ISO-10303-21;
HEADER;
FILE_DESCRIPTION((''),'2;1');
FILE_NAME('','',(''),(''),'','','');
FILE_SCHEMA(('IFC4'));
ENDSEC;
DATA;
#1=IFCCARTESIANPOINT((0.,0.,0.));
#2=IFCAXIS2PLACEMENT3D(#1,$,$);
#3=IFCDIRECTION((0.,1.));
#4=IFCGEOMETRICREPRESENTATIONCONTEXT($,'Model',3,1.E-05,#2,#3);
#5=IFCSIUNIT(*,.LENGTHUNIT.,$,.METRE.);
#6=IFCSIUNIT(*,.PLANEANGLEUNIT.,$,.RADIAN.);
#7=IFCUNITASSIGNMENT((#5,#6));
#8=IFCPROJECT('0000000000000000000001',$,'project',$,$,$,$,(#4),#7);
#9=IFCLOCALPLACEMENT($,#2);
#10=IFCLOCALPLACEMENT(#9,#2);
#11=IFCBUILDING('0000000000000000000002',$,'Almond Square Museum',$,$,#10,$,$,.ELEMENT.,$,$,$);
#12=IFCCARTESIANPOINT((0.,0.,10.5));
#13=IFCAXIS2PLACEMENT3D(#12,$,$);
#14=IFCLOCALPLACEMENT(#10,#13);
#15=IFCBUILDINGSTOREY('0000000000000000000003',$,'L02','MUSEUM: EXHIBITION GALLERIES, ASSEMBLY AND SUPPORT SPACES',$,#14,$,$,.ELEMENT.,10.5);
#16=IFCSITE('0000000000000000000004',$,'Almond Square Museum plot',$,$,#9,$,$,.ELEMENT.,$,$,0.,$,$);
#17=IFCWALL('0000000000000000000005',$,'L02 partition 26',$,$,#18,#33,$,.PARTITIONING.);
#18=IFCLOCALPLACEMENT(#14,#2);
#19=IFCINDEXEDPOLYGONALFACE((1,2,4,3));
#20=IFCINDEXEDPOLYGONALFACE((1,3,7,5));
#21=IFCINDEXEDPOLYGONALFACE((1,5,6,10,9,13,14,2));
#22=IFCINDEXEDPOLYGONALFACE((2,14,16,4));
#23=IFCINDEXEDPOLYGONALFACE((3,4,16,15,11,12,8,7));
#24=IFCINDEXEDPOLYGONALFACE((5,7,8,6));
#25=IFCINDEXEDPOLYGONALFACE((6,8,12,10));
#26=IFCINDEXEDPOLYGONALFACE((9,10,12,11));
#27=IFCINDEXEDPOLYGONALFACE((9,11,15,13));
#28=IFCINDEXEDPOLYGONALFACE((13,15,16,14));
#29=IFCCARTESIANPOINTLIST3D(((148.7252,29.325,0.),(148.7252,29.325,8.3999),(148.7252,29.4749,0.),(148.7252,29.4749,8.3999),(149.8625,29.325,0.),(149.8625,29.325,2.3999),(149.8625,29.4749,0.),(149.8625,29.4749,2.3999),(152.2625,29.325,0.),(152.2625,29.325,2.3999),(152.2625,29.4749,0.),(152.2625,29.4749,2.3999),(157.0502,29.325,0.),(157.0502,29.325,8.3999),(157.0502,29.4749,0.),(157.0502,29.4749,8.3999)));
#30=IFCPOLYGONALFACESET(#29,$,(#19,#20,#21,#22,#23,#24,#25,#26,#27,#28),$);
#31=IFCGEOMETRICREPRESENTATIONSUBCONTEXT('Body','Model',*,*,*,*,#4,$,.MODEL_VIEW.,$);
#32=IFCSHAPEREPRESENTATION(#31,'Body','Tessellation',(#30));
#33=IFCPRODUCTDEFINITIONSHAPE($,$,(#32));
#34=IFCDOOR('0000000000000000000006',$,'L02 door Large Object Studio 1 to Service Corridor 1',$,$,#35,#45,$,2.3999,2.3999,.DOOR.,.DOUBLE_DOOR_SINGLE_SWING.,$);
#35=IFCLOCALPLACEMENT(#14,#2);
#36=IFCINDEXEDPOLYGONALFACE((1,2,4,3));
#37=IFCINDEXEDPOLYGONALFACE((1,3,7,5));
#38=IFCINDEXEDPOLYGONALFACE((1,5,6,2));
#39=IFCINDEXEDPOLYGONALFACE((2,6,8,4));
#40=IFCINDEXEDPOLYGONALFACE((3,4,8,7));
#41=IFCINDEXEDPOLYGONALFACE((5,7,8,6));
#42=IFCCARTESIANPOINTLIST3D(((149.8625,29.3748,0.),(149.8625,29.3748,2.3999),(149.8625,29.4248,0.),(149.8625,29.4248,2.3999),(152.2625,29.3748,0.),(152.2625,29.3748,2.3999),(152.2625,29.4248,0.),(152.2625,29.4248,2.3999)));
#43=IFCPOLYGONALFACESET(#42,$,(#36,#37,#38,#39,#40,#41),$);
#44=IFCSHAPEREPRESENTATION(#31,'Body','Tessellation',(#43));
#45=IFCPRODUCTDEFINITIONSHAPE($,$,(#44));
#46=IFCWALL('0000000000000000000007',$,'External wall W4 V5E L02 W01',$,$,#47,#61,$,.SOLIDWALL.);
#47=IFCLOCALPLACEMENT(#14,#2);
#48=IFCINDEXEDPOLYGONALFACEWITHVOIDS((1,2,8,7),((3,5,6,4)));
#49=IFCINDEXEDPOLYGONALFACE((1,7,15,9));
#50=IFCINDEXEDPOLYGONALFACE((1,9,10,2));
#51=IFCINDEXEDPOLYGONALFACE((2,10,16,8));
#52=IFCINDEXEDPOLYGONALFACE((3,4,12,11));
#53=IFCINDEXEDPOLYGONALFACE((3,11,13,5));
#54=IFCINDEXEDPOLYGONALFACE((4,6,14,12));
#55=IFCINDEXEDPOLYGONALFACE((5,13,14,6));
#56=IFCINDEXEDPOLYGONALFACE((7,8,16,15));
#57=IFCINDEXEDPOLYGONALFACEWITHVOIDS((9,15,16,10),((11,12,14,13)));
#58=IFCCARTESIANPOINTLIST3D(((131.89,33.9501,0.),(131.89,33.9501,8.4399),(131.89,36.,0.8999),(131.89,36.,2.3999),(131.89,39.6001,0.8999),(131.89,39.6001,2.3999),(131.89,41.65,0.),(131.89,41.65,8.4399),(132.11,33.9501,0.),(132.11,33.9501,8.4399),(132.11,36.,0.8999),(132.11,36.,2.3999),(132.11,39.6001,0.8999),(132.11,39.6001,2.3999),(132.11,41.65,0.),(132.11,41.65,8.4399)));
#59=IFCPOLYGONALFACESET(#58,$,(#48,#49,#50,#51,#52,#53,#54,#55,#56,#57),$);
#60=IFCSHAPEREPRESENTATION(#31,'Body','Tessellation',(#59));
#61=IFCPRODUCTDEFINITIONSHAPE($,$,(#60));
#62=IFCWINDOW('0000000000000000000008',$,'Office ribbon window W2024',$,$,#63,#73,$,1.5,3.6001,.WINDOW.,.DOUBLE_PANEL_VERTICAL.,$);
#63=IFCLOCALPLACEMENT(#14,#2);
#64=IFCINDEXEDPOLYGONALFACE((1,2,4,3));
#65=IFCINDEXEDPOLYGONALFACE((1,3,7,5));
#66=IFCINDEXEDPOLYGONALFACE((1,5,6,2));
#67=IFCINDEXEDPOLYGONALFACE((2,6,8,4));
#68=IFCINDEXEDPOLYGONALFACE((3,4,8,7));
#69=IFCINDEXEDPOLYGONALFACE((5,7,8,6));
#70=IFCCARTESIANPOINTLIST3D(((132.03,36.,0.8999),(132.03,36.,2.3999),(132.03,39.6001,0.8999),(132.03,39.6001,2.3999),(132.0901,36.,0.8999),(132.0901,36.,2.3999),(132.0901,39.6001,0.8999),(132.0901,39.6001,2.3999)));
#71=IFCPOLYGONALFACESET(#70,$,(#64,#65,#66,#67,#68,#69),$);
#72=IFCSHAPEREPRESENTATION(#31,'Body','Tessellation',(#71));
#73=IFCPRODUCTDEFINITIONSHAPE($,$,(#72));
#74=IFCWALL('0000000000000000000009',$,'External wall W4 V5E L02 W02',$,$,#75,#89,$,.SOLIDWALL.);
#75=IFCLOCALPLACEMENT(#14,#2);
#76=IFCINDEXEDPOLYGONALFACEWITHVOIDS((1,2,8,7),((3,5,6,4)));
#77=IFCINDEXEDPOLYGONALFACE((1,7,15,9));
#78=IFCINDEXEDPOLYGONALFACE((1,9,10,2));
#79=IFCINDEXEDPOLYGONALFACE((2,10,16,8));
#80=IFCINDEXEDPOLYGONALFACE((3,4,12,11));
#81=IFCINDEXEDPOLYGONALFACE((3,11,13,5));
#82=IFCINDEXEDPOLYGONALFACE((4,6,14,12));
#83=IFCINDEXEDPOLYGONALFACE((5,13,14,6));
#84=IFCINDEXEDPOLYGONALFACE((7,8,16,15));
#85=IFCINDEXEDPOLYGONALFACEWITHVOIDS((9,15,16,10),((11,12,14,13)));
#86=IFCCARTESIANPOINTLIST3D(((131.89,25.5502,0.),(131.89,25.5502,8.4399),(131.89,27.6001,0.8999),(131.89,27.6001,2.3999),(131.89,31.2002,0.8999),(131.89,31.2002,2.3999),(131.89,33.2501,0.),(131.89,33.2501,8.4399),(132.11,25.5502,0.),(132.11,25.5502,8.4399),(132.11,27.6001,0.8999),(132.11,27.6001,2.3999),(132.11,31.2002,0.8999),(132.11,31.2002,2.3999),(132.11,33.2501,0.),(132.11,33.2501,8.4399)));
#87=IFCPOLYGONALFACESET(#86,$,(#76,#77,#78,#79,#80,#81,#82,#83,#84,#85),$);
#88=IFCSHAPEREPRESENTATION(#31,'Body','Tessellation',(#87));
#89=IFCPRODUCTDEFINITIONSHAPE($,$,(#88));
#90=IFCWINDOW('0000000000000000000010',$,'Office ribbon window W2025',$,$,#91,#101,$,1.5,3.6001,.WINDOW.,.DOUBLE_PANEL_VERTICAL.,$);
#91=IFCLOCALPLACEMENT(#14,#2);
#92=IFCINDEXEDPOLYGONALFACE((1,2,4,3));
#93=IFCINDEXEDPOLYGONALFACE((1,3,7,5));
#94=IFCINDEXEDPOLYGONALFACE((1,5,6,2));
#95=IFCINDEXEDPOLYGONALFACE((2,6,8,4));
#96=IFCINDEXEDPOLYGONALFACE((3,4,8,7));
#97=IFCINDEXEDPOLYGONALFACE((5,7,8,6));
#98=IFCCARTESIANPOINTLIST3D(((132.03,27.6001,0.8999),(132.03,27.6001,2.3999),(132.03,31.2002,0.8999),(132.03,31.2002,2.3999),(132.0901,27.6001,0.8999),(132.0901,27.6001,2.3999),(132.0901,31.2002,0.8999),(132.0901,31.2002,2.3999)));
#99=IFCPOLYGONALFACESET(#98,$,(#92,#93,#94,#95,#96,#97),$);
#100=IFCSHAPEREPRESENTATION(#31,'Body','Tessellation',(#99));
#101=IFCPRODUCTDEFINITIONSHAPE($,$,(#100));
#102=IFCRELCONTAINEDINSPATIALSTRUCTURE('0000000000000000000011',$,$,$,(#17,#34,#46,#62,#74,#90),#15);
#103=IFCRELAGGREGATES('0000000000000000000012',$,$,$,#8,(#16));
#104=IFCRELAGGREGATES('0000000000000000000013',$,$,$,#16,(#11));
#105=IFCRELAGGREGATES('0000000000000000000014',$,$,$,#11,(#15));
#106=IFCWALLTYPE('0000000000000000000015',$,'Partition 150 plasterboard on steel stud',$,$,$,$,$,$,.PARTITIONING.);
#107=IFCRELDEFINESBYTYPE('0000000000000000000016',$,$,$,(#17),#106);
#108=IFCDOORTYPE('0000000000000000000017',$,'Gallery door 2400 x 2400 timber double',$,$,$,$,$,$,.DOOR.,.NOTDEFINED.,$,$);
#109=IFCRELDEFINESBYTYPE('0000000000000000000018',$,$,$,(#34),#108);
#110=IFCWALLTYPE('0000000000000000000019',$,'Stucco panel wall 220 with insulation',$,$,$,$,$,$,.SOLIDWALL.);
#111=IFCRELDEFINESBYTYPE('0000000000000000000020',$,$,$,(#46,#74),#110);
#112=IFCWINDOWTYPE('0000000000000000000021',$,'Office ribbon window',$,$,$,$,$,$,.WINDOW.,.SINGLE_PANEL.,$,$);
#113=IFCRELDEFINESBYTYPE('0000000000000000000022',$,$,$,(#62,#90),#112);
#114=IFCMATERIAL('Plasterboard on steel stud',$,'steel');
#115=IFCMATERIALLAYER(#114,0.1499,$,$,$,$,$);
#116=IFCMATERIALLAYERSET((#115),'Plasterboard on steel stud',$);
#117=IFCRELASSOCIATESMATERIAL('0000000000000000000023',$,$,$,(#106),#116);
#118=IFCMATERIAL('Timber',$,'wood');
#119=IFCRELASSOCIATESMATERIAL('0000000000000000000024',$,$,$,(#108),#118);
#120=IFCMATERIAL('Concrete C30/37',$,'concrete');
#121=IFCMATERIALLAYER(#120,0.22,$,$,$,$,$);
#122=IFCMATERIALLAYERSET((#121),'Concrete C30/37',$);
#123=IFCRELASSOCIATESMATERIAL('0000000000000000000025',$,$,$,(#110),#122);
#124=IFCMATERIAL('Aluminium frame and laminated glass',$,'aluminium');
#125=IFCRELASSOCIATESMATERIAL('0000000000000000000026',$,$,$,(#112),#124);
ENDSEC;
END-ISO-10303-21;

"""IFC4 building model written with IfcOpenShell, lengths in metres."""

from ifc_helpers import new_model, si_unit, direction, frame, frame_2d, origin, place, context, subcontext, project, spatial, rectangle, extrude, material, layer, layer_set, type_object, element, fill, save


model = new_model("IFC4")

# Units and contexts
model_context = context("Model", 3, precision=1e-05, world=origin(), true_north=direction((0.0, 1.0)))
body_context = subcontext(model_context, "Body", "Model", "MODEL_VIEW")
ifc_project = project(units=[si_unit("LENGTHUNIT", "METRE"), si_unit("PLANEANGLEUNIT", "RADIAN")], contexts=[model_context])

# Site, building, storey
site_placement = place(None, origin())
site = spatial("IfcSite", under=ifc_project, at=site_placement, Name="Almond Square Museum plot", CompositionType="ELEMENT", RefElevation=0.0)
building_placement = place(site_placement, origin())
building = spatial("IfcBuilding", under=site, at=building_placement, Name="Almond Square Museum", CompositionType="ELEMENT")
storey_placement = place(building_placement, frame((0.0, 0.0, 10.5)))
storey = spatial("IfcBuildingStorey", under=building, at=storey_placement, Name="L02", Description="MUSEUM: EXHIBITION GALLERIES, ASSEMBLY AND SUPPORT SPACES", CompositionType="ELEMENT", Elevation=10.5)

# Wall, opening, door
ifc_material_1 = material(Name="Plasterboard on steel stud", Category="steel")
ifc_layer_1 = layer(ifc_material_1, 0.1499)
ifc_layer_set_1 = layer_set([ifc_layer_1], Name="Plasterboard on steel stud")
wall_type_1 = type_object("IfcWallType", Name="Partition 150 plasterboard on steel stud", PredefinedType="PARTITIONING", material=ifc_layer_set_1)
wall_1_placement = place(storey_placement, frame((148.7251, 29.3999, 0.0), z_axis=(0.0, 0.0, 1.0), x_axis=(1.0, 0.0, 0.0)))
wall_1 = element("IfcWall", 1, at=wall_1_placement, inside=storey, type_object=wall_type_1, Name="L02 partition 26", PredefinedType="PARTITIONING", context=body_context, shape_type="SweptSolid", body=[
    extrude(rectangle(XDim=8.325, YDim=0.1499, at=frame_2d((4.1626, 0.0))), origin(), (0.0, 0.0, 1.0), 8.3999),
])
opening_1_placement = place(wall_1_placement, frame((1.1375, 0.0, 0.0)))
opening_1 = element("IfcOpeningElement", 2, at=opening_1_placement, cuts=wall_1, PredefinedType="OPENING", context=body_context, shape_type="SweptSolid", body=[
    extrude(rectangle(XDim=2.3999, YDim=2.3999, at=frame_2d((1.2, 1.2))), frame((0.0, 0.085, 0.0), z_axis=(0.0, -1.0, 0.0), x_axis=(1.0, 0.0, 0.0)), (0.0, 0.0, 1.0), 0.1699),
])
ifc_material_2 = material(Name="Timber", Category="wood")
door_type_1 = type_object("IfcDoorType", Name="Gallery door 2400 x 2400 timber double", OperationType="NOTDEFINED", PredefinedType="DOOR", material=ifc_material_2)
door_1_placement = place(opening_1_placement, origin())
door_1 = element("IfcDoor", 3, at=door_1_placement, inside=storey, type_object=door_type_1, Name="L02 door Large Object Studio 1 to Service Corridor 1", OperationType="DOUBLE_DOOR_SINGLE_SWING", OverallHeight=2.3999, OverallWidth=2.3999, PredefinedType="DOOR", context=body_context, shape_type="SweptSolid", body=[
    extrude(rectangle(XDim=2.3999, YDim=2.3999, at=frame_2d((1.2, 1.2))), frame((0.0, 0.0249, 0.0), z_axis=(0.0, -1.0, 0.0), x_axis=(1.0, 0.0, 0.0)), (0.0, 0.0, 1.0), 0.05),
])
fill(opening_1, door_1)

# Walls, openings, windows
ifc_material_3 = material(Name="Concrete C30/37", Category="concrete")
ifc_layer_2 = layer(ifc_material_3, 0.22)
ifc_layer_set_2 = layer_set([ifc_layer_2], Name="Concrete C30/37")
wall_type_2 = type_object("IfcWallType", Name="Stucco panel wall 220 with insulation", PredefinedType="SOLIDWALL", material=ifc_layer_set_2)
wall_2_placement = place(storey_placement, frame((132.0, 33.95, 0.0), z_axis=(0.0, 0.0, 1.0), x_axis=(0.0, 1.0, 0.0)))
wall_2 = element("IfcWall", 4, at=wall_2_placement, inside=storey, type_object=wall_type_2, Name="External wall W4 V5E L02 W01", PredefinedType="SOLIDWALL", context=body_context, shape_type="SweptSolid", body=[
    extrude(rectangle(XDim=7.7, YDim=0.22, at=frame_2d((3.8501, 0.0))), origin(), (0.0, 0.0, 1.0), 8.4399),
])
opening_2_placement = place(wall_2_placement, frame((2.05, 0.0, 0.8999)))
opening_2 = element("IfcOpeningElement", 5, at=opening_2_placement, cuts=wall_2, PredefinedType="OPENING", context=body_context, shape_type="SweptSolid", body=[
    extrude(rectangle(XDim=3.6001, YDim=1.5, at=frame_2d((1.8, 0.75))), frame((0.0, 0.1199, 0.0), z_axis=(0.0, -1.0, 0.0), x_axis=(1.0, 0.0, 0.0)), (0.0, 0.0, 1.0), 0.24),
])
ifc_material_4 = material(Name="Aluminium frame and laminated glass", Category="aluminium")
window_type = type_object("IfcWindowType", Name="Office ribbon window", PartitioningType="SINGLE_PANEL", PredefinedType="WINDOW", material=ifc_material_4)
window_1_placement = place(opening_2_placement, origin())
window_1 = element("IfcWindow", 6, at=window_1_placement, inside=storey, type_object=window_type, Name="Office ribbon window W2024", OverallHeight=1.5, OverallWidth=3.6001, PartitioningType="DOUBLE_PANEL_VERTICAL", PredefinedType="WINDOW", context=body_context, shape_type="SweptSolid", body=[
    extrude(rectangle(XDim=3.6001, YDim=1.5, at=frame_2d((1.8, 0.75))), frame((0.0, -0.03, 0.0), z_axis=(0.0, -1.0, 0.0), x_axis=(1.0, 0.0, 0.0)), (0.0, 0.0, 1.0), 0.0601),
])
fill(opening_2, window_1)
wall_3_placement = place(storey_placement, frame((132.0, 25.55, 0.0), z_axis=(0.0, 0.0, 1.0), x_axis=(0.0, 1.0, 0.0)))
wall_3 = element("IfcWall", 7, at=wall_3_placement, inside=storey, type_object=wall_type_2, Name="External wall W4 V5E L02 W02", PredefinedType="SOLIDWALL", context=body_context, shape_type="SweptSolid", body=[
    extrude(rectangle(XDim=7.7, YDim=0.22, at=frame_2d((3.8501, 0.0))), origin(), (0.0, 0.0, 1.0), 8.4399),
])
opening_3_placement = place(wall_3_placement, frame((2.05, 0.0, 0.8999)))
opening_3 = element("IfcOpeningElement", 8, at=opening_3_placement, cuts=wall_3, PredefinedType="OPENING", context=body_context, shape_type="SweptSolid", body=[
    extrude(rectangle(XDim=3.6001, YDim=1.5, at=frame_2d((1.8, 0.75))), frame((0.0, 0.1199, 0.0), z_axis=(0.0, -1.0, 0.0), x_axis=(1.0, 0.0, 0.0)), (0.0, 0.0, 1.0), 0.24),
])
window_2_placement = place(opening_3_placement, origin())
window_2 = element("IfcWindow", 9, at=window_2_placement, inside=storey, type_object=window_type, Name="Office ribbon window W2025", OverallHeight=1.5, OverallWidth=3.6001, PartitioningType="DOUBLE_PANEL_VERTICAL", PredefinedType="WINDOW", context=body_context, shape_type="SweptSolid", body=[
    extrude(rectangle(XDim=3.6001, YDim=1.5, at=frame_2d((1.8, 0.75))), frame((0.0, -0.03, 0.0), z_axis=(0.0, -1.0, 0.0), x_axis=(1.0, 0.0, 0.0)), (0.0, 0.0, 1.0), 0.0601),
])
fill(opening_3, window_2)

save(model, "model.ifc")
